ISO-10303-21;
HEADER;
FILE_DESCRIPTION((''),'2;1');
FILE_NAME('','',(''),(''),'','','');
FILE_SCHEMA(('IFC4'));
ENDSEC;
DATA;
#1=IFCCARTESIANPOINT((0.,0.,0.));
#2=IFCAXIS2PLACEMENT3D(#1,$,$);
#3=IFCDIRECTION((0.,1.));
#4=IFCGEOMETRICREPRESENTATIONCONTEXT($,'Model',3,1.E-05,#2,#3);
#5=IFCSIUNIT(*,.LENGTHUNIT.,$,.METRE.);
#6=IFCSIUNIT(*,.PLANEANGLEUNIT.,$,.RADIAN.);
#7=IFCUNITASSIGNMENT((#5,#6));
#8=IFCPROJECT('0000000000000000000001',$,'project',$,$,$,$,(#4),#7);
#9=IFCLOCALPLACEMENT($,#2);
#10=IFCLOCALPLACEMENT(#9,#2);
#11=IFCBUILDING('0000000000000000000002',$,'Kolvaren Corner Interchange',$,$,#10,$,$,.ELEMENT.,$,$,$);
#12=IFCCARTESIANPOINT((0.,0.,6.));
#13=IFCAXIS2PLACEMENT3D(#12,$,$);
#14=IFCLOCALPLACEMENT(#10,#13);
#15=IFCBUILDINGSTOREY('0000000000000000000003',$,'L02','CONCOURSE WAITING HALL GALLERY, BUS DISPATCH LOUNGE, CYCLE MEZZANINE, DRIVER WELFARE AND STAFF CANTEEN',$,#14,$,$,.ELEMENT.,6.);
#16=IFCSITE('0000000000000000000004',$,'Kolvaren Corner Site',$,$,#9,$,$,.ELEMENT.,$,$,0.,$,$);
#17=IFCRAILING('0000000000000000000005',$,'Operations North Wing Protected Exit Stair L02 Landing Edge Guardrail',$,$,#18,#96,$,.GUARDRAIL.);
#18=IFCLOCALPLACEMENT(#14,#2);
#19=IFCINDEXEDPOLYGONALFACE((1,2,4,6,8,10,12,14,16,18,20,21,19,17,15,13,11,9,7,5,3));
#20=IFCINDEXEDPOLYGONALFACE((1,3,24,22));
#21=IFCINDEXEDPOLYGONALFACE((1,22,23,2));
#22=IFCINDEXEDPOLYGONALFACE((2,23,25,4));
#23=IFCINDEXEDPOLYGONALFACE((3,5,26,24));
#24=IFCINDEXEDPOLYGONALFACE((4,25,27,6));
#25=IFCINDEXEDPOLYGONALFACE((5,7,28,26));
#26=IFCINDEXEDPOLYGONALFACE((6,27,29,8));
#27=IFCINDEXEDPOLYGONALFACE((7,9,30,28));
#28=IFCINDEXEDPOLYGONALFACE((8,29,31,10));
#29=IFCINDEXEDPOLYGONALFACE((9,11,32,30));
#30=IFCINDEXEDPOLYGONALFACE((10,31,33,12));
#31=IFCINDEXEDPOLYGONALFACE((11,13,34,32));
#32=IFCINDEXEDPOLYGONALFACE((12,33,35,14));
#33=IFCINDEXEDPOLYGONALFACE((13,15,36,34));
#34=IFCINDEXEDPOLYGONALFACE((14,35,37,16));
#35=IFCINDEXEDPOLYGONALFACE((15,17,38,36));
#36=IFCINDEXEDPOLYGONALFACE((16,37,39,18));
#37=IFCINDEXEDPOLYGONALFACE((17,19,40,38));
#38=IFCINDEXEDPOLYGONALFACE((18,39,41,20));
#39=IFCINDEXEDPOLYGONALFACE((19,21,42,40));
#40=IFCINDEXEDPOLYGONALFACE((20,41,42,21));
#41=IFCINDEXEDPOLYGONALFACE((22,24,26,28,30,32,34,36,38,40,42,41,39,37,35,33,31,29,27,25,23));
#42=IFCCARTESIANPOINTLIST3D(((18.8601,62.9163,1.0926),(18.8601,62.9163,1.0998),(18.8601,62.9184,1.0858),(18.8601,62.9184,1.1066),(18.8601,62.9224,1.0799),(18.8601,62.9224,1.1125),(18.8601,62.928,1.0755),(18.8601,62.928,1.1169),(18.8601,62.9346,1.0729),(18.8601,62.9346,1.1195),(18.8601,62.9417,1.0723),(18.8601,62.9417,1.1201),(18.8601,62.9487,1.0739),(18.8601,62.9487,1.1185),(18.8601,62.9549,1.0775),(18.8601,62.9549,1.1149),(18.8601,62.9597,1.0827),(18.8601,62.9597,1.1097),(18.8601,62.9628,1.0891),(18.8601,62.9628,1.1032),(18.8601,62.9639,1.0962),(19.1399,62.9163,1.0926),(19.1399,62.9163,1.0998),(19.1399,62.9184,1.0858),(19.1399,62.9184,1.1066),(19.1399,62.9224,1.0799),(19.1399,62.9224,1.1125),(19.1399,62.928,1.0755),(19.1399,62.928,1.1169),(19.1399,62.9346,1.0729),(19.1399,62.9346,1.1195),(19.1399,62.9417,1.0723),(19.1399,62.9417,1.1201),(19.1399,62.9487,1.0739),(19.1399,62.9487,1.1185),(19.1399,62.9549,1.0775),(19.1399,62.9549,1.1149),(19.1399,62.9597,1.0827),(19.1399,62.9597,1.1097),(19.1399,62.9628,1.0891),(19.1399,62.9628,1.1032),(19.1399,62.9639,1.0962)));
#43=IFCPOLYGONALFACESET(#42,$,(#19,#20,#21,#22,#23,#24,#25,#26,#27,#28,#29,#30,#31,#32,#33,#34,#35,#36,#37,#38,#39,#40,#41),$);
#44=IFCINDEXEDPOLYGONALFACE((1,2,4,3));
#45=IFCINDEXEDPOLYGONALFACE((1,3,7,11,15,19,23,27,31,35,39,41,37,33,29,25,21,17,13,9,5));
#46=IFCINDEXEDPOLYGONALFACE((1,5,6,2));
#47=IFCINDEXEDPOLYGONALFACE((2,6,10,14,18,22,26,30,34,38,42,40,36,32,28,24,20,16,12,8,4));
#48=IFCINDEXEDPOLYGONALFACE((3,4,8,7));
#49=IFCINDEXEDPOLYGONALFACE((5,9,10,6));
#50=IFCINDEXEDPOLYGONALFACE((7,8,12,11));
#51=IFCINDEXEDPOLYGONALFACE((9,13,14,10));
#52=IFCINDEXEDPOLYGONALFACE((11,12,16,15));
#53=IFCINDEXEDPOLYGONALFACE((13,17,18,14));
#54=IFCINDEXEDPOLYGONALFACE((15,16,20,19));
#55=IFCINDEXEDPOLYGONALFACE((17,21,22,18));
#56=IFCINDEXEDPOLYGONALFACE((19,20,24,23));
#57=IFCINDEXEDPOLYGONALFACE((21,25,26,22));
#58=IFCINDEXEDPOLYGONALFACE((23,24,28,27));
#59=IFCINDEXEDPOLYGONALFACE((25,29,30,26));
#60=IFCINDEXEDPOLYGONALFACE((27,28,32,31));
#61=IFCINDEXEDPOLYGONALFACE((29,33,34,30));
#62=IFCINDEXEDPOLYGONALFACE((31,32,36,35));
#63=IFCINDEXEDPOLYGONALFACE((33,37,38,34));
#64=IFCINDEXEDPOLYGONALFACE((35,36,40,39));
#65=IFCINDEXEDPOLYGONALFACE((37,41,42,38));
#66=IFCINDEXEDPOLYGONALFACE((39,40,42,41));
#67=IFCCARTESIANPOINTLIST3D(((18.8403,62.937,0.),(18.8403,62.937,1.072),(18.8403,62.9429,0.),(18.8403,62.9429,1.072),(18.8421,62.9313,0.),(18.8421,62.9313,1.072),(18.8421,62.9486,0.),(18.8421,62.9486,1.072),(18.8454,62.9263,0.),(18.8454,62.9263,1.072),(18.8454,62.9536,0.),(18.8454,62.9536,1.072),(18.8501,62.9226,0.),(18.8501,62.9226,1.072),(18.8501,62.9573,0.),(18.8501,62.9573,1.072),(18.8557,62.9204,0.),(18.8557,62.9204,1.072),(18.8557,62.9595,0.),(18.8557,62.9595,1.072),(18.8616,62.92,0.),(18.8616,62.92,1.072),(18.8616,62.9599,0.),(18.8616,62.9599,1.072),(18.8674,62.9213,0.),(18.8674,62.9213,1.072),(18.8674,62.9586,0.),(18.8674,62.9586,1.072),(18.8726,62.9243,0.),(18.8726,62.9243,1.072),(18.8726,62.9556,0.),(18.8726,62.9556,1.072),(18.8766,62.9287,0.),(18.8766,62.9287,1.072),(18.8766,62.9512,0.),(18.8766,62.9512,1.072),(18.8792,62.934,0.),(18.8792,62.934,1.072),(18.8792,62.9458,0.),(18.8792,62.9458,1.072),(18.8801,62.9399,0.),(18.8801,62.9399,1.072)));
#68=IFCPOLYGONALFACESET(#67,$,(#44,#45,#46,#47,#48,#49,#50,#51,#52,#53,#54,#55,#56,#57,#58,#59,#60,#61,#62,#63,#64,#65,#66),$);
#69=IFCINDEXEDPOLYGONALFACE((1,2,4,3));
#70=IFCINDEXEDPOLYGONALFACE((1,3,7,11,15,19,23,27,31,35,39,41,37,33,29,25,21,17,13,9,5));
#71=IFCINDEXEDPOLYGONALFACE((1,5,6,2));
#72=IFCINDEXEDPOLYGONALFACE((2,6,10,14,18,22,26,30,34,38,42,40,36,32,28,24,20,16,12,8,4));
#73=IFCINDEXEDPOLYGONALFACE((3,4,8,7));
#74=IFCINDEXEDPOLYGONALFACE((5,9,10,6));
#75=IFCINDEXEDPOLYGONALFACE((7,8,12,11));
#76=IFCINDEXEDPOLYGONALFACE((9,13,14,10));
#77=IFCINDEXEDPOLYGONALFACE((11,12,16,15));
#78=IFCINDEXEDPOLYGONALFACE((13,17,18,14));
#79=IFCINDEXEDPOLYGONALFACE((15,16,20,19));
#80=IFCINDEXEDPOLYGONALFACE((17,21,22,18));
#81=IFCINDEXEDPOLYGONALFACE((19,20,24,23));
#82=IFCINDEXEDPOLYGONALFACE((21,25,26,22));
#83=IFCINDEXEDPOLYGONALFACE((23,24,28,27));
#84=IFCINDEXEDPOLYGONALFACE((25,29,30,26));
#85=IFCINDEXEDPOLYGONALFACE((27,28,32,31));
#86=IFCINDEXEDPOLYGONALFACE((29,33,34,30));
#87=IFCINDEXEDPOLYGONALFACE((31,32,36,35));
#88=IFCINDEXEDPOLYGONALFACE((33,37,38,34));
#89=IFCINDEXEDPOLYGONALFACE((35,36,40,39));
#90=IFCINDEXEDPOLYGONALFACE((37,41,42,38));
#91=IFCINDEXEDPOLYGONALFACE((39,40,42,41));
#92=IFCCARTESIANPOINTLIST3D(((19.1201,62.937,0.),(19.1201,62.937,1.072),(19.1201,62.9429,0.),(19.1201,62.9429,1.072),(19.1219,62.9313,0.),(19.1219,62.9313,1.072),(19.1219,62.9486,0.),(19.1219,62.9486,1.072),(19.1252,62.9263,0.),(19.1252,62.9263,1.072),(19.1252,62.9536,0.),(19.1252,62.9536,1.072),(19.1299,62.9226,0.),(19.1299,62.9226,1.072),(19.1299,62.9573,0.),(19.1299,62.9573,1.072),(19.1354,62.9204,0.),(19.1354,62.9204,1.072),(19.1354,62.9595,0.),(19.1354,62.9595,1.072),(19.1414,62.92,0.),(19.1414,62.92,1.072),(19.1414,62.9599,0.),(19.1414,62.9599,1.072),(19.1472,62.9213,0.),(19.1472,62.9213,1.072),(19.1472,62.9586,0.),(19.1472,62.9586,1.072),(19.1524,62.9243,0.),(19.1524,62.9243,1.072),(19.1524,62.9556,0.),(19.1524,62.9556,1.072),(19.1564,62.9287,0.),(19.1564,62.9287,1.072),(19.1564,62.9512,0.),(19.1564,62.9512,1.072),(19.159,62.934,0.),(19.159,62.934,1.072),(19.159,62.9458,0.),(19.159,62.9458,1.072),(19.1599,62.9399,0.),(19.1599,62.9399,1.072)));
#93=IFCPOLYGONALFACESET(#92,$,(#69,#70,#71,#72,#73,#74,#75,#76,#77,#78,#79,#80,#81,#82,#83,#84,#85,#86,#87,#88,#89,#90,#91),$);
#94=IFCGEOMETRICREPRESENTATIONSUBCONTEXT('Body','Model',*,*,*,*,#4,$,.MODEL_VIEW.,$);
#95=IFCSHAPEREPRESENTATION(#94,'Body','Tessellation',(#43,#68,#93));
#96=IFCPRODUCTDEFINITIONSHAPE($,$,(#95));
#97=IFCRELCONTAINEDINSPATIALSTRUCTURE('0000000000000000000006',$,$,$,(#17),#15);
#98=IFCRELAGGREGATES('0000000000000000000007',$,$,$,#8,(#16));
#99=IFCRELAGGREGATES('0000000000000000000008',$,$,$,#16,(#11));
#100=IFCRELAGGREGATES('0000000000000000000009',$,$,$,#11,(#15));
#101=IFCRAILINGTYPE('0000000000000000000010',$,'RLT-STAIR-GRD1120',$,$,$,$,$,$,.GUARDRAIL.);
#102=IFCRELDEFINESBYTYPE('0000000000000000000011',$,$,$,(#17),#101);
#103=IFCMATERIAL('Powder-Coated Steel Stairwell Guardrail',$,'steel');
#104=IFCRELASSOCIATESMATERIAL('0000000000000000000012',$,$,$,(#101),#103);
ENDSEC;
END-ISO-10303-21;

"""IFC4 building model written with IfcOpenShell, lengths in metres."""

from ifc_helpers import new_model, si_unit, direction, frame, origin, origin_2d, place, context, subcontext, project, spatial, circle, extrude, material, type_object, element, save


model = new_model("IFC4")

# Units and contexts
model_context = context("Model", 3, precision=1e-05, world=origin(), true_north=direction((0.0, 1.0)))
body_context = subcontext(model_context, "Body", "Model", "MODEL_VIEW")
ifc_project = project(units=[si_unit("LENGTHUNIT", "METRE"), si_unit("PLANEANGLEUNIT", "RADIAN")], contexts=[model_context])

# Site, building, storey
site_placement = place(None, origin())
site = spatial("IfcSite", under=ifc_project, at=site_placement, Name="Kolvaren Corner Site", CompositionType="ELEMENT", RefElevation=0.0)
building_placement = place(site_placement, origin())
building = spatial("IfcBuilding", under=site, at=building_placement, Name="Kolvaren Corner Interchange", CompositionType="ELEMENT")
storey_placement = place(building_placement, frame((0.0, 0.0, 6.0)))
storey = spatial("IfcBuildingStorey", under=building, at=storey_placement, Name="L02", Description="CONCOURSE WAITING HALL GALLERY, BUS DISPATCH LOUNGE, CYCLE MEZZANINE, DRIVER WELFARE AND STAFF CANTEEN", CompositionType="ELEMENT", Elevation=6.0)

# Railing
ifc_material_1 = material(Name="Powder-Coated Steel Stairwell Guardrail", Category="steel")
railing_type_1 = type_object("IfcRailingType", Name="RLT-STAIR-GRD1120", PredefinedType="GUARDRAIL", material=ifc_material_1)
railing_1_placement = place(storey_placement, frame((18.8601, 62.9399, 0.0)))
element("IfcRailing", 1, at=railing_1_placement, inside=storey, type_object=railing_type_1, Name="Operations North Wing Protected Exit Stair L02 Landing Edge Guardrail", PredefinedType="GUARDRAIL", context=body_context, shape_type="SweptSolid", body=[
    extrude(circle(Radius=0.0239, at=origin_2d()), frame((0.0, 0.0, 1.0962), z_axis=(1.0, 0.0, 0.0), x_axis=(0.0, 1.0, 0.0)), (0.0, 0.0, 1.0), 0.2798),
    extrude(circle(Radius=0.02, at=origin_2d()), origin(), (0.0, 0.0, 1.0), 1.072),
    extrude(circle(Radius=0.02, at=origin_2d()), frame((0.2798, 0.0, 0.0)), (0.0, 0.0, 1.0), 1.072),
])

save(model, "model.ifc")
